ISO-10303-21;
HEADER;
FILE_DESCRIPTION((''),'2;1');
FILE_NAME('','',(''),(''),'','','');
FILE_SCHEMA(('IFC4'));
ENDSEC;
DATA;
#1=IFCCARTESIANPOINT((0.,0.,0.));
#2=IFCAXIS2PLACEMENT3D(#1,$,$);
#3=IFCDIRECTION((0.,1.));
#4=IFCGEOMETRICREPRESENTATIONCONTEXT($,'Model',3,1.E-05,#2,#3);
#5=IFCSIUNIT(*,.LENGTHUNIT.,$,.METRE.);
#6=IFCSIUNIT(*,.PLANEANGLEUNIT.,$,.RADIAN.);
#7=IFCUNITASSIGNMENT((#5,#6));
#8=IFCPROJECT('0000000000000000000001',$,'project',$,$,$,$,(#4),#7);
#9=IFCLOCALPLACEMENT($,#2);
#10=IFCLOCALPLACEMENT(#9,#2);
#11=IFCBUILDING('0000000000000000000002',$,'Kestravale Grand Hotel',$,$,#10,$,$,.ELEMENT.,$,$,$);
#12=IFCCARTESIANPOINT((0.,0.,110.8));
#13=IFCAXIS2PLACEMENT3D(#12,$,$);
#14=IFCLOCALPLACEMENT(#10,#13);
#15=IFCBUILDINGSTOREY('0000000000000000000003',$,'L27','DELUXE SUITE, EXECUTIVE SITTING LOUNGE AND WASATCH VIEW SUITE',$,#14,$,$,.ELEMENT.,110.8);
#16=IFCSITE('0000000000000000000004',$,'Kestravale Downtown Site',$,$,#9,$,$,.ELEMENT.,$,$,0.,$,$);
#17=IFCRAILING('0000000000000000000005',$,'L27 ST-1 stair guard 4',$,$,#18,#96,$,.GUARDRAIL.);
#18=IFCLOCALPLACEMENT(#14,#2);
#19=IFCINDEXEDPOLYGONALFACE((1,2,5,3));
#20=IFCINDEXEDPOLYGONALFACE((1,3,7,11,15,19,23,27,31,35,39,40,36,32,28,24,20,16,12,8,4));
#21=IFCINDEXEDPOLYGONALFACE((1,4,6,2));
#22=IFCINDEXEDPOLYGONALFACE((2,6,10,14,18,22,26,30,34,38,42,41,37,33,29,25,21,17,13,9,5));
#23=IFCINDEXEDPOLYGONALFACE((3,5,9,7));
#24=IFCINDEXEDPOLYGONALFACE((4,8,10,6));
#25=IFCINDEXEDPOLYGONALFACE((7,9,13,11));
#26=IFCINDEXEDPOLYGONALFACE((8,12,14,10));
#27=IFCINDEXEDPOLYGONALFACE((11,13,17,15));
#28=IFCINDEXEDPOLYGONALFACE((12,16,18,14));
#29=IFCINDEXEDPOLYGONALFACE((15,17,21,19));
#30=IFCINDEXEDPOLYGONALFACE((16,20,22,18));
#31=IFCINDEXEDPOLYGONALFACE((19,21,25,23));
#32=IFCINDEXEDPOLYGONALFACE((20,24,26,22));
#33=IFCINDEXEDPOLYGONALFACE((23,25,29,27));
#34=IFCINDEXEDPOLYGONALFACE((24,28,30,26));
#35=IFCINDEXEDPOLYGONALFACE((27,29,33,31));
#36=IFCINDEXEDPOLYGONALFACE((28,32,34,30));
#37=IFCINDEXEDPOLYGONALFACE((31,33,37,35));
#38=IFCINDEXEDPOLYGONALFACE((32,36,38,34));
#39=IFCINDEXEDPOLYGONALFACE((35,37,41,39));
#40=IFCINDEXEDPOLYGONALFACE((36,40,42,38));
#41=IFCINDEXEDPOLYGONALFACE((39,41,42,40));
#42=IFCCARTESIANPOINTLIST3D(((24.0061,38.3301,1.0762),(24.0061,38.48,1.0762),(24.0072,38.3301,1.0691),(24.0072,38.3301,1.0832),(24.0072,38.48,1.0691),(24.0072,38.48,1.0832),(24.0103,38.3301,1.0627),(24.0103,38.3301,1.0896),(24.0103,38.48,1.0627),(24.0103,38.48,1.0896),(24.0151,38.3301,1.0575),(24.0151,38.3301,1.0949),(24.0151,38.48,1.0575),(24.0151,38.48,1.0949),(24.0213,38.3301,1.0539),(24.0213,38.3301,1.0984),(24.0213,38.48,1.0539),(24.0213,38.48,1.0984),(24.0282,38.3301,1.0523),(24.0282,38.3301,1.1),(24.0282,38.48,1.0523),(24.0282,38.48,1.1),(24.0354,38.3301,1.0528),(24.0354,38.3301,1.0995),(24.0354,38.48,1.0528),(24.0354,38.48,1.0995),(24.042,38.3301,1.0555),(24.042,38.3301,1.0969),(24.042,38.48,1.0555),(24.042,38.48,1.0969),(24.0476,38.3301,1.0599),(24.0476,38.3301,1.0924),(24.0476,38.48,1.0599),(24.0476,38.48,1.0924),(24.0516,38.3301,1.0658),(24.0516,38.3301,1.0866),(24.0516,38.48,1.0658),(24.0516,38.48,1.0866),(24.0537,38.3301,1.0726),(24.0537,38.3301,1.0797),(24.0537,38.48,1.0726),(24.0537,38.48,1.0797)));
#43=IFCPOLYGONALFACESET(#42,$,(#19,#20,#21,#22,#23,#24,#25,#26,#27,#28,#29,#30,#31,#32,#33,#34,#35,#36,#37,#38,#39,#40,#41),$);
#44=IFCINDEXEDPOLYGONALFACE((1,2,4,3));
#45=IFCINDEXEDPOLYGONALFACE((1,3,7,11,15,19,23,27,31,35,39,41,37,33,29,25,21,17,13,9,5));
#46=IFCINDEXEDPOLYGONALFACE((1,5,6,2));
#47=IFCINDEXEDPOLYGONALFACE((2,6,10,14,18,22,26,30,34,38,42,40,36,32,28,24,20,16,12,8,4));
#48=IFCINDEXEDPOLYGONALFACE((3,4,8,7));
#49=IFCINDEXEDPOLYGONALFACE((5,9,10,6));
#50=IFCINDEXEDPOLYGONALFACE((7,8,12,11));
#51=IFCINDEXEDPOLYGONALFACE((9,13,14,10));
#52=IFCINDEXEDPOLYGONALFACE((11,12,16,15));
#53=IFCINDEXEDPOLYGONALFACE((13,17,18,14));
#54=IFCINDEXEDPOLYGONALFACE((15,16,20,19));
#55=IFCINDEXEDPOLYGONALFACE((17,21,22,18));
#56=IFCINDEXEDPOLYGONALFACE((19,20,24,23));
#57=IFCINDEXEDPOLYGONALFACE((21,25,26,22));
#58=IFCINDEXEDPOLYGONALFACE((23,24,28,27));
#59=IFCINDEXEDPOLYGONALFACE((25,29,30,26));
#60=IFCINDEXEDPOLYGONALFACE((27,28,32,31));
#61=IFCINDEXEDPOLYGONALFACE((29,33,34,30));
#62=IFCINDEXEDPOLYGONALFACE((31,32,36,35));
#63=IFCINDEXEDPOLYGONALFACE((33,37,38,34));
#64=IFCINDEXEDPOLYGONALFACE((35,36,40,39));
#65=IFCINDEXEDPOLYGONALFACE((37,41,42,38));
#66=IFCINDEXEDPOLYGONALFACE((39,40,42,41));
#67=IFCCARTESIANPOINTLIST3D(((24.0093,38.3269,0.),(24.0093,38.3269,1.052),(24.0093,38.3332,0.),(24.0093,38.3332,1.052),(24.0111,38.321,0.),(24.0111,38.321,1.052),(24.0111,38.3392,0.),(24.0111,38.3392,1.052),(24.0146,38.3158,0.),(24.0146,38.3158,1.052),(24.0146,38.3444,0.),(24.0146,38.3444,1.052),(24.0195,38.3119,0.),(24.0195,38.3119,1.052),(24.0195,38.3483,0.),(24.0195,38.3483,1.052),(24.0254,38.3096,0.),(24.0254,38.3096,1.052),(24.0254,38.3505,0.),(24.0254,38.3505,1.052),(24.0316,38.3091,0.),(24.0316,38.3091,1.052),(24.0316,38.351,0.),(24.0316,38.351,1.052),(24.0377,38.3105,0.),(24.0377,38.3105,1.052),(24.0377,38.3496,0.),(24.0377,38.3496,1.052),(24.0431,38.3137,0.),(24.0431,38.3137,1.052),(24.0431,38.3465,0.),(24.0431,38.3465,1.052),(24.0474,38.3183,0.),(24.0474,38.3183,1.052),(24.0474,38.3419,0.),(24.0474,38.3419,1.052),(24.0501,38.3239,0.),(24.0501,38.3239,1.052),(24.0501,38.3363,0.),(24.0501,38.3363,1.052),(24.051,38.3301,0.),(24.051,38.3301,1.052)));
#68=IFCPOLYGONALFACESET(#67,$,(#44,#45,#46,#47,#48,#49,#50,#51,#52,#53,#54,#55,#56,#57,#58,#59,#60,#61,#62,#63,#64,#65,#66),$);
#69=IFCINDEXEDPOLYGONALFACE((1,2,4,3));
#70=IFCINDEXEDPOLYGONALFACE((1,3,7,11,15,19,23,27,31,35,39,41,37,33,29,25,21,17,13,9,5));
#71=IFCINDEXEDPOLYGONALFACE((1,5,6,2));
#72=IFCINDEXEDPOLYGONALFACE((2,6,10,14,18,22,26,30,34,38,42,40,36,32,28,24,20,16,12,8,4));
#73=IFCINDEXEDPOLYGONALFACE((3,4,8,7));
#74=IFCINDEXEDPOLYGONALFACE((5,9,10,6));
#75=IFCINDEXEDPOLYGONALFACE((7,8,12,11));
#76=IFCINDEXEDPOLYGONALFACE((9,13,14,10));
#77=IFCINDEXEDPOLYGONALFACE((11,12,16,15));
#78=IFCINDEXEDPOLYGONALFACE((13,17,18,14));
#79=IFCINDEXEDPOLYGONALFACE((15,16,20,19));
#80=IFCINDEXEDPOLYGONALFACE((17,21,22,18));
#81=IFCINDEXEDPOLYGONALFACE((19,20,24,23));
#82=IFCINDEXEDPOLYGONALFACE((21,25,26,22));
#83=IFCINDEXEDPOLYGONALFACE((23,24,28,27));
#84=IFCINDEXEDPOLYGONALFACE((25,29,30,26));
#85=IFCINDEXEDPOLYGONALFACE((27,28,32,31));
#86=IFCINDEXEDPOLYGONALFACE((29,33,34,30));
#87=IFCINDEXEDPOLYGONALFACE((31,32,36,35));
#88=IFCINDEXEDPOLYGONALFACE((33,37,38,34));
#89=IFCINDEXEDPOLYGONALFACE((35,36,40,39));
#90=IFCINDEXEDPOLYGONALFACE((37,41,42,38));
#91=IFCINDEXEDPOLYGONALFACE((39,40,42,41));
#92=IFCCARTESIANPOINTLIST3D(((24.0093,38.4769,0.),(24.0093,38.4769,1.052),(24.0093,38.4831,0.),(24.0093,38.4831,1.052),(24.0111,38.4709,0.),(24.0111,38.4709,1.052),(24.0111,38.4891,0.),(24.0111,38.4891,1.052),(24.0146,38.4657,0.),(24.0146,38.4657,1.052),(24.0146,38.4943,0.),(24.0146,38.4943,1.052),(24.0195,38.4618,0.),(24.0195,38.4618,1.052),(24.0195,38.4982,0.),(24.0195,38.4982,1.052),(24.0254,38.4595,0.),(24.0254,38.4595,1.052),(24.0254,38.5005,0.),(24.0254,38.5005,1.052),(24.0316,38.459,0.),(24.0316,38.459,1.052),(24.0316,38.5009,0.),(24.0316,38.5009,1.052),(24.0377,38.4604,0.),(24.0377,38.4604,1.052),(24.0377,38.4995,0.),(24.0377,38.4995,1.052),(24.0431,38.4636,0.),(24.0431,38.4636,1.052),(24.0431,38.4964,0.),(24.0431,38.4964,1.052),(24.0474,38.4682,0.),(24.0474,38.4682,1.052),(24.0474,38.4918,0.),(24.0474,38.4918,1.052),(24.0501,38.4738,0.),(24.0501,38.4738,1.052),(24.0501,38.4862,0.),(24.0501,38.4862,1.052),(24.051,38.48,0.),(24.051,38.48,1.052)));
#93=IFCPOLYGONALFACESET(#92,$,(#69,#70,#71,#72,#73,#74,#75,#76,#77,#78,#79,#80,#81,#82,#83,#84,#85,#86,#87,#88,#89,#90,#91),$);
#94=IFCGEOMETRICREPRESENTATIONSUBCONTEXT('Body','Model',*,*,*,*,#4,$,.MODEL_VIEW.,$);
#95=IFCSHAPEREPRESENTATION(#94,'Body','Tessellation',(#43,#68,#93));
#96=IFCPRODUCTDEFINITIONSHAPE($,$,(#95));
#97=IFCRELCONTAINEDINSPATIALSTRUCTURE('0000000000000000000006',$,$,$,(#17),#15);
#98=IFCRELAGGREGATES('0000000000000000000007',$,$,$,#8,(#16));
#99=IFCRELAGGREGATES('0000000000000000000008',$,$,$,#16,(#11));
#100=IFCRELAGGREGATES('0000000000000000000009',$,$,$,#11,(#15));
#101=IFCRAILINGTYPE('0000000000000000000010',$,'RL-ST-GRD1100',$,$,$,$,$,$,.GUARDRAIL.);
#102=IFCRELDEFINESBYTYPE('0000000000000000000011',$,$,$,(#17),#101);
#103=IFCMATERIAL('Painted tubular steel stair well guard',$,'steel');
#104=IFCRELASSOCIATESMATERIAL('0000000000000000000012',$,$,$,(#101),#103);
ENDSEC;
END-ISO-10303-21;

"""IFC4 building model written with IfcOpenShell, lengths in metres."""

from ifc_helpers import new_model, si_unit, direction, frame, origin, origin_2d, place, context, subcontext, project, spatial, circle, extrude, material, type_object, element, save


model = new_model("IFC4")

# Units and contexts
model_context = context("Model", 3, precision=1e-05, world=origin(), true_north=direction((0.0, 1.0)))
body_context = subcontext(model_context, "Body", "Model", "MODEL_VIEW")
ifc_project = project(units=[si_unit("LENGTHUNIT", "METRE"), si_unit("PLANEANGLEUNIT", "RADIAN")], contexts=[model_context])

# Site, building, storey
site_placement = place(None, origin())
site = spatial("IfcSite", under=ifc_project, at=site_placement, Name="Kestravale Downtown Site", CompositionType="ELEMENT", RefElevation=0.0)
building_placement = place(site_placement, origin())
building = spatial("IfcBuilding", under=site, at=building_placement, Name="Kestravale Grand Hotel", CompositionType="ELEMENT")
storey_placement = place(building_placement, frame((0.0, 0.0, 110.8)))
storey = spatial("IfcBuildingStorey", under=building, at=storey_placement, Name="L27", Description="DELUXE SUITE, EXECUTIVE SITTING LOUNGE AND WASATCH VIEW SUITE", CompositionType="ELEMENT", Elevation=110.8)

# Railing
ifc_material_1 = material(Name="Painted tubular steel stair well guard", Category="steel")
railing_type_1 = type_object("IfcRailingType", Name="RL-ST-GRD1100", PredefinedType="GUARDRAIL", material=ifc_material_1)
railing_1_placement = place(storey_placement, frame((24.03, 38.3301, 0.0)))
element("IfcRailing", 1, at=railing_1_placement, inside=storey, type_object=railing_type_1, Name="L27 ST-1 stair guard 4", PredefinedType="GUARDRAIL", context=body_context, shape_type="SweptSolid", body=[
    extrude(circle(Radius=0.0239, at=origin_2d()), frame((0.0, 0.0, 1.0762), z_axis=(0.0, 1.0, 0.0), x_axis=(-1.0, 0.0, 0.0)), (0.0, 0.0, 1.0), 0.1499),
    extrude(circle(Radius=0.021, at=origin_2d()), origin(), (0.0, 0.0, 1.0), 1.052),
    extrude(circle(Radius=0.021, at=origin_2d()), frame((0.0, 0.1499, 0.0)), (0.0, 0.0, 1.0), 1.052),
])

save(model, "model.ifc")
